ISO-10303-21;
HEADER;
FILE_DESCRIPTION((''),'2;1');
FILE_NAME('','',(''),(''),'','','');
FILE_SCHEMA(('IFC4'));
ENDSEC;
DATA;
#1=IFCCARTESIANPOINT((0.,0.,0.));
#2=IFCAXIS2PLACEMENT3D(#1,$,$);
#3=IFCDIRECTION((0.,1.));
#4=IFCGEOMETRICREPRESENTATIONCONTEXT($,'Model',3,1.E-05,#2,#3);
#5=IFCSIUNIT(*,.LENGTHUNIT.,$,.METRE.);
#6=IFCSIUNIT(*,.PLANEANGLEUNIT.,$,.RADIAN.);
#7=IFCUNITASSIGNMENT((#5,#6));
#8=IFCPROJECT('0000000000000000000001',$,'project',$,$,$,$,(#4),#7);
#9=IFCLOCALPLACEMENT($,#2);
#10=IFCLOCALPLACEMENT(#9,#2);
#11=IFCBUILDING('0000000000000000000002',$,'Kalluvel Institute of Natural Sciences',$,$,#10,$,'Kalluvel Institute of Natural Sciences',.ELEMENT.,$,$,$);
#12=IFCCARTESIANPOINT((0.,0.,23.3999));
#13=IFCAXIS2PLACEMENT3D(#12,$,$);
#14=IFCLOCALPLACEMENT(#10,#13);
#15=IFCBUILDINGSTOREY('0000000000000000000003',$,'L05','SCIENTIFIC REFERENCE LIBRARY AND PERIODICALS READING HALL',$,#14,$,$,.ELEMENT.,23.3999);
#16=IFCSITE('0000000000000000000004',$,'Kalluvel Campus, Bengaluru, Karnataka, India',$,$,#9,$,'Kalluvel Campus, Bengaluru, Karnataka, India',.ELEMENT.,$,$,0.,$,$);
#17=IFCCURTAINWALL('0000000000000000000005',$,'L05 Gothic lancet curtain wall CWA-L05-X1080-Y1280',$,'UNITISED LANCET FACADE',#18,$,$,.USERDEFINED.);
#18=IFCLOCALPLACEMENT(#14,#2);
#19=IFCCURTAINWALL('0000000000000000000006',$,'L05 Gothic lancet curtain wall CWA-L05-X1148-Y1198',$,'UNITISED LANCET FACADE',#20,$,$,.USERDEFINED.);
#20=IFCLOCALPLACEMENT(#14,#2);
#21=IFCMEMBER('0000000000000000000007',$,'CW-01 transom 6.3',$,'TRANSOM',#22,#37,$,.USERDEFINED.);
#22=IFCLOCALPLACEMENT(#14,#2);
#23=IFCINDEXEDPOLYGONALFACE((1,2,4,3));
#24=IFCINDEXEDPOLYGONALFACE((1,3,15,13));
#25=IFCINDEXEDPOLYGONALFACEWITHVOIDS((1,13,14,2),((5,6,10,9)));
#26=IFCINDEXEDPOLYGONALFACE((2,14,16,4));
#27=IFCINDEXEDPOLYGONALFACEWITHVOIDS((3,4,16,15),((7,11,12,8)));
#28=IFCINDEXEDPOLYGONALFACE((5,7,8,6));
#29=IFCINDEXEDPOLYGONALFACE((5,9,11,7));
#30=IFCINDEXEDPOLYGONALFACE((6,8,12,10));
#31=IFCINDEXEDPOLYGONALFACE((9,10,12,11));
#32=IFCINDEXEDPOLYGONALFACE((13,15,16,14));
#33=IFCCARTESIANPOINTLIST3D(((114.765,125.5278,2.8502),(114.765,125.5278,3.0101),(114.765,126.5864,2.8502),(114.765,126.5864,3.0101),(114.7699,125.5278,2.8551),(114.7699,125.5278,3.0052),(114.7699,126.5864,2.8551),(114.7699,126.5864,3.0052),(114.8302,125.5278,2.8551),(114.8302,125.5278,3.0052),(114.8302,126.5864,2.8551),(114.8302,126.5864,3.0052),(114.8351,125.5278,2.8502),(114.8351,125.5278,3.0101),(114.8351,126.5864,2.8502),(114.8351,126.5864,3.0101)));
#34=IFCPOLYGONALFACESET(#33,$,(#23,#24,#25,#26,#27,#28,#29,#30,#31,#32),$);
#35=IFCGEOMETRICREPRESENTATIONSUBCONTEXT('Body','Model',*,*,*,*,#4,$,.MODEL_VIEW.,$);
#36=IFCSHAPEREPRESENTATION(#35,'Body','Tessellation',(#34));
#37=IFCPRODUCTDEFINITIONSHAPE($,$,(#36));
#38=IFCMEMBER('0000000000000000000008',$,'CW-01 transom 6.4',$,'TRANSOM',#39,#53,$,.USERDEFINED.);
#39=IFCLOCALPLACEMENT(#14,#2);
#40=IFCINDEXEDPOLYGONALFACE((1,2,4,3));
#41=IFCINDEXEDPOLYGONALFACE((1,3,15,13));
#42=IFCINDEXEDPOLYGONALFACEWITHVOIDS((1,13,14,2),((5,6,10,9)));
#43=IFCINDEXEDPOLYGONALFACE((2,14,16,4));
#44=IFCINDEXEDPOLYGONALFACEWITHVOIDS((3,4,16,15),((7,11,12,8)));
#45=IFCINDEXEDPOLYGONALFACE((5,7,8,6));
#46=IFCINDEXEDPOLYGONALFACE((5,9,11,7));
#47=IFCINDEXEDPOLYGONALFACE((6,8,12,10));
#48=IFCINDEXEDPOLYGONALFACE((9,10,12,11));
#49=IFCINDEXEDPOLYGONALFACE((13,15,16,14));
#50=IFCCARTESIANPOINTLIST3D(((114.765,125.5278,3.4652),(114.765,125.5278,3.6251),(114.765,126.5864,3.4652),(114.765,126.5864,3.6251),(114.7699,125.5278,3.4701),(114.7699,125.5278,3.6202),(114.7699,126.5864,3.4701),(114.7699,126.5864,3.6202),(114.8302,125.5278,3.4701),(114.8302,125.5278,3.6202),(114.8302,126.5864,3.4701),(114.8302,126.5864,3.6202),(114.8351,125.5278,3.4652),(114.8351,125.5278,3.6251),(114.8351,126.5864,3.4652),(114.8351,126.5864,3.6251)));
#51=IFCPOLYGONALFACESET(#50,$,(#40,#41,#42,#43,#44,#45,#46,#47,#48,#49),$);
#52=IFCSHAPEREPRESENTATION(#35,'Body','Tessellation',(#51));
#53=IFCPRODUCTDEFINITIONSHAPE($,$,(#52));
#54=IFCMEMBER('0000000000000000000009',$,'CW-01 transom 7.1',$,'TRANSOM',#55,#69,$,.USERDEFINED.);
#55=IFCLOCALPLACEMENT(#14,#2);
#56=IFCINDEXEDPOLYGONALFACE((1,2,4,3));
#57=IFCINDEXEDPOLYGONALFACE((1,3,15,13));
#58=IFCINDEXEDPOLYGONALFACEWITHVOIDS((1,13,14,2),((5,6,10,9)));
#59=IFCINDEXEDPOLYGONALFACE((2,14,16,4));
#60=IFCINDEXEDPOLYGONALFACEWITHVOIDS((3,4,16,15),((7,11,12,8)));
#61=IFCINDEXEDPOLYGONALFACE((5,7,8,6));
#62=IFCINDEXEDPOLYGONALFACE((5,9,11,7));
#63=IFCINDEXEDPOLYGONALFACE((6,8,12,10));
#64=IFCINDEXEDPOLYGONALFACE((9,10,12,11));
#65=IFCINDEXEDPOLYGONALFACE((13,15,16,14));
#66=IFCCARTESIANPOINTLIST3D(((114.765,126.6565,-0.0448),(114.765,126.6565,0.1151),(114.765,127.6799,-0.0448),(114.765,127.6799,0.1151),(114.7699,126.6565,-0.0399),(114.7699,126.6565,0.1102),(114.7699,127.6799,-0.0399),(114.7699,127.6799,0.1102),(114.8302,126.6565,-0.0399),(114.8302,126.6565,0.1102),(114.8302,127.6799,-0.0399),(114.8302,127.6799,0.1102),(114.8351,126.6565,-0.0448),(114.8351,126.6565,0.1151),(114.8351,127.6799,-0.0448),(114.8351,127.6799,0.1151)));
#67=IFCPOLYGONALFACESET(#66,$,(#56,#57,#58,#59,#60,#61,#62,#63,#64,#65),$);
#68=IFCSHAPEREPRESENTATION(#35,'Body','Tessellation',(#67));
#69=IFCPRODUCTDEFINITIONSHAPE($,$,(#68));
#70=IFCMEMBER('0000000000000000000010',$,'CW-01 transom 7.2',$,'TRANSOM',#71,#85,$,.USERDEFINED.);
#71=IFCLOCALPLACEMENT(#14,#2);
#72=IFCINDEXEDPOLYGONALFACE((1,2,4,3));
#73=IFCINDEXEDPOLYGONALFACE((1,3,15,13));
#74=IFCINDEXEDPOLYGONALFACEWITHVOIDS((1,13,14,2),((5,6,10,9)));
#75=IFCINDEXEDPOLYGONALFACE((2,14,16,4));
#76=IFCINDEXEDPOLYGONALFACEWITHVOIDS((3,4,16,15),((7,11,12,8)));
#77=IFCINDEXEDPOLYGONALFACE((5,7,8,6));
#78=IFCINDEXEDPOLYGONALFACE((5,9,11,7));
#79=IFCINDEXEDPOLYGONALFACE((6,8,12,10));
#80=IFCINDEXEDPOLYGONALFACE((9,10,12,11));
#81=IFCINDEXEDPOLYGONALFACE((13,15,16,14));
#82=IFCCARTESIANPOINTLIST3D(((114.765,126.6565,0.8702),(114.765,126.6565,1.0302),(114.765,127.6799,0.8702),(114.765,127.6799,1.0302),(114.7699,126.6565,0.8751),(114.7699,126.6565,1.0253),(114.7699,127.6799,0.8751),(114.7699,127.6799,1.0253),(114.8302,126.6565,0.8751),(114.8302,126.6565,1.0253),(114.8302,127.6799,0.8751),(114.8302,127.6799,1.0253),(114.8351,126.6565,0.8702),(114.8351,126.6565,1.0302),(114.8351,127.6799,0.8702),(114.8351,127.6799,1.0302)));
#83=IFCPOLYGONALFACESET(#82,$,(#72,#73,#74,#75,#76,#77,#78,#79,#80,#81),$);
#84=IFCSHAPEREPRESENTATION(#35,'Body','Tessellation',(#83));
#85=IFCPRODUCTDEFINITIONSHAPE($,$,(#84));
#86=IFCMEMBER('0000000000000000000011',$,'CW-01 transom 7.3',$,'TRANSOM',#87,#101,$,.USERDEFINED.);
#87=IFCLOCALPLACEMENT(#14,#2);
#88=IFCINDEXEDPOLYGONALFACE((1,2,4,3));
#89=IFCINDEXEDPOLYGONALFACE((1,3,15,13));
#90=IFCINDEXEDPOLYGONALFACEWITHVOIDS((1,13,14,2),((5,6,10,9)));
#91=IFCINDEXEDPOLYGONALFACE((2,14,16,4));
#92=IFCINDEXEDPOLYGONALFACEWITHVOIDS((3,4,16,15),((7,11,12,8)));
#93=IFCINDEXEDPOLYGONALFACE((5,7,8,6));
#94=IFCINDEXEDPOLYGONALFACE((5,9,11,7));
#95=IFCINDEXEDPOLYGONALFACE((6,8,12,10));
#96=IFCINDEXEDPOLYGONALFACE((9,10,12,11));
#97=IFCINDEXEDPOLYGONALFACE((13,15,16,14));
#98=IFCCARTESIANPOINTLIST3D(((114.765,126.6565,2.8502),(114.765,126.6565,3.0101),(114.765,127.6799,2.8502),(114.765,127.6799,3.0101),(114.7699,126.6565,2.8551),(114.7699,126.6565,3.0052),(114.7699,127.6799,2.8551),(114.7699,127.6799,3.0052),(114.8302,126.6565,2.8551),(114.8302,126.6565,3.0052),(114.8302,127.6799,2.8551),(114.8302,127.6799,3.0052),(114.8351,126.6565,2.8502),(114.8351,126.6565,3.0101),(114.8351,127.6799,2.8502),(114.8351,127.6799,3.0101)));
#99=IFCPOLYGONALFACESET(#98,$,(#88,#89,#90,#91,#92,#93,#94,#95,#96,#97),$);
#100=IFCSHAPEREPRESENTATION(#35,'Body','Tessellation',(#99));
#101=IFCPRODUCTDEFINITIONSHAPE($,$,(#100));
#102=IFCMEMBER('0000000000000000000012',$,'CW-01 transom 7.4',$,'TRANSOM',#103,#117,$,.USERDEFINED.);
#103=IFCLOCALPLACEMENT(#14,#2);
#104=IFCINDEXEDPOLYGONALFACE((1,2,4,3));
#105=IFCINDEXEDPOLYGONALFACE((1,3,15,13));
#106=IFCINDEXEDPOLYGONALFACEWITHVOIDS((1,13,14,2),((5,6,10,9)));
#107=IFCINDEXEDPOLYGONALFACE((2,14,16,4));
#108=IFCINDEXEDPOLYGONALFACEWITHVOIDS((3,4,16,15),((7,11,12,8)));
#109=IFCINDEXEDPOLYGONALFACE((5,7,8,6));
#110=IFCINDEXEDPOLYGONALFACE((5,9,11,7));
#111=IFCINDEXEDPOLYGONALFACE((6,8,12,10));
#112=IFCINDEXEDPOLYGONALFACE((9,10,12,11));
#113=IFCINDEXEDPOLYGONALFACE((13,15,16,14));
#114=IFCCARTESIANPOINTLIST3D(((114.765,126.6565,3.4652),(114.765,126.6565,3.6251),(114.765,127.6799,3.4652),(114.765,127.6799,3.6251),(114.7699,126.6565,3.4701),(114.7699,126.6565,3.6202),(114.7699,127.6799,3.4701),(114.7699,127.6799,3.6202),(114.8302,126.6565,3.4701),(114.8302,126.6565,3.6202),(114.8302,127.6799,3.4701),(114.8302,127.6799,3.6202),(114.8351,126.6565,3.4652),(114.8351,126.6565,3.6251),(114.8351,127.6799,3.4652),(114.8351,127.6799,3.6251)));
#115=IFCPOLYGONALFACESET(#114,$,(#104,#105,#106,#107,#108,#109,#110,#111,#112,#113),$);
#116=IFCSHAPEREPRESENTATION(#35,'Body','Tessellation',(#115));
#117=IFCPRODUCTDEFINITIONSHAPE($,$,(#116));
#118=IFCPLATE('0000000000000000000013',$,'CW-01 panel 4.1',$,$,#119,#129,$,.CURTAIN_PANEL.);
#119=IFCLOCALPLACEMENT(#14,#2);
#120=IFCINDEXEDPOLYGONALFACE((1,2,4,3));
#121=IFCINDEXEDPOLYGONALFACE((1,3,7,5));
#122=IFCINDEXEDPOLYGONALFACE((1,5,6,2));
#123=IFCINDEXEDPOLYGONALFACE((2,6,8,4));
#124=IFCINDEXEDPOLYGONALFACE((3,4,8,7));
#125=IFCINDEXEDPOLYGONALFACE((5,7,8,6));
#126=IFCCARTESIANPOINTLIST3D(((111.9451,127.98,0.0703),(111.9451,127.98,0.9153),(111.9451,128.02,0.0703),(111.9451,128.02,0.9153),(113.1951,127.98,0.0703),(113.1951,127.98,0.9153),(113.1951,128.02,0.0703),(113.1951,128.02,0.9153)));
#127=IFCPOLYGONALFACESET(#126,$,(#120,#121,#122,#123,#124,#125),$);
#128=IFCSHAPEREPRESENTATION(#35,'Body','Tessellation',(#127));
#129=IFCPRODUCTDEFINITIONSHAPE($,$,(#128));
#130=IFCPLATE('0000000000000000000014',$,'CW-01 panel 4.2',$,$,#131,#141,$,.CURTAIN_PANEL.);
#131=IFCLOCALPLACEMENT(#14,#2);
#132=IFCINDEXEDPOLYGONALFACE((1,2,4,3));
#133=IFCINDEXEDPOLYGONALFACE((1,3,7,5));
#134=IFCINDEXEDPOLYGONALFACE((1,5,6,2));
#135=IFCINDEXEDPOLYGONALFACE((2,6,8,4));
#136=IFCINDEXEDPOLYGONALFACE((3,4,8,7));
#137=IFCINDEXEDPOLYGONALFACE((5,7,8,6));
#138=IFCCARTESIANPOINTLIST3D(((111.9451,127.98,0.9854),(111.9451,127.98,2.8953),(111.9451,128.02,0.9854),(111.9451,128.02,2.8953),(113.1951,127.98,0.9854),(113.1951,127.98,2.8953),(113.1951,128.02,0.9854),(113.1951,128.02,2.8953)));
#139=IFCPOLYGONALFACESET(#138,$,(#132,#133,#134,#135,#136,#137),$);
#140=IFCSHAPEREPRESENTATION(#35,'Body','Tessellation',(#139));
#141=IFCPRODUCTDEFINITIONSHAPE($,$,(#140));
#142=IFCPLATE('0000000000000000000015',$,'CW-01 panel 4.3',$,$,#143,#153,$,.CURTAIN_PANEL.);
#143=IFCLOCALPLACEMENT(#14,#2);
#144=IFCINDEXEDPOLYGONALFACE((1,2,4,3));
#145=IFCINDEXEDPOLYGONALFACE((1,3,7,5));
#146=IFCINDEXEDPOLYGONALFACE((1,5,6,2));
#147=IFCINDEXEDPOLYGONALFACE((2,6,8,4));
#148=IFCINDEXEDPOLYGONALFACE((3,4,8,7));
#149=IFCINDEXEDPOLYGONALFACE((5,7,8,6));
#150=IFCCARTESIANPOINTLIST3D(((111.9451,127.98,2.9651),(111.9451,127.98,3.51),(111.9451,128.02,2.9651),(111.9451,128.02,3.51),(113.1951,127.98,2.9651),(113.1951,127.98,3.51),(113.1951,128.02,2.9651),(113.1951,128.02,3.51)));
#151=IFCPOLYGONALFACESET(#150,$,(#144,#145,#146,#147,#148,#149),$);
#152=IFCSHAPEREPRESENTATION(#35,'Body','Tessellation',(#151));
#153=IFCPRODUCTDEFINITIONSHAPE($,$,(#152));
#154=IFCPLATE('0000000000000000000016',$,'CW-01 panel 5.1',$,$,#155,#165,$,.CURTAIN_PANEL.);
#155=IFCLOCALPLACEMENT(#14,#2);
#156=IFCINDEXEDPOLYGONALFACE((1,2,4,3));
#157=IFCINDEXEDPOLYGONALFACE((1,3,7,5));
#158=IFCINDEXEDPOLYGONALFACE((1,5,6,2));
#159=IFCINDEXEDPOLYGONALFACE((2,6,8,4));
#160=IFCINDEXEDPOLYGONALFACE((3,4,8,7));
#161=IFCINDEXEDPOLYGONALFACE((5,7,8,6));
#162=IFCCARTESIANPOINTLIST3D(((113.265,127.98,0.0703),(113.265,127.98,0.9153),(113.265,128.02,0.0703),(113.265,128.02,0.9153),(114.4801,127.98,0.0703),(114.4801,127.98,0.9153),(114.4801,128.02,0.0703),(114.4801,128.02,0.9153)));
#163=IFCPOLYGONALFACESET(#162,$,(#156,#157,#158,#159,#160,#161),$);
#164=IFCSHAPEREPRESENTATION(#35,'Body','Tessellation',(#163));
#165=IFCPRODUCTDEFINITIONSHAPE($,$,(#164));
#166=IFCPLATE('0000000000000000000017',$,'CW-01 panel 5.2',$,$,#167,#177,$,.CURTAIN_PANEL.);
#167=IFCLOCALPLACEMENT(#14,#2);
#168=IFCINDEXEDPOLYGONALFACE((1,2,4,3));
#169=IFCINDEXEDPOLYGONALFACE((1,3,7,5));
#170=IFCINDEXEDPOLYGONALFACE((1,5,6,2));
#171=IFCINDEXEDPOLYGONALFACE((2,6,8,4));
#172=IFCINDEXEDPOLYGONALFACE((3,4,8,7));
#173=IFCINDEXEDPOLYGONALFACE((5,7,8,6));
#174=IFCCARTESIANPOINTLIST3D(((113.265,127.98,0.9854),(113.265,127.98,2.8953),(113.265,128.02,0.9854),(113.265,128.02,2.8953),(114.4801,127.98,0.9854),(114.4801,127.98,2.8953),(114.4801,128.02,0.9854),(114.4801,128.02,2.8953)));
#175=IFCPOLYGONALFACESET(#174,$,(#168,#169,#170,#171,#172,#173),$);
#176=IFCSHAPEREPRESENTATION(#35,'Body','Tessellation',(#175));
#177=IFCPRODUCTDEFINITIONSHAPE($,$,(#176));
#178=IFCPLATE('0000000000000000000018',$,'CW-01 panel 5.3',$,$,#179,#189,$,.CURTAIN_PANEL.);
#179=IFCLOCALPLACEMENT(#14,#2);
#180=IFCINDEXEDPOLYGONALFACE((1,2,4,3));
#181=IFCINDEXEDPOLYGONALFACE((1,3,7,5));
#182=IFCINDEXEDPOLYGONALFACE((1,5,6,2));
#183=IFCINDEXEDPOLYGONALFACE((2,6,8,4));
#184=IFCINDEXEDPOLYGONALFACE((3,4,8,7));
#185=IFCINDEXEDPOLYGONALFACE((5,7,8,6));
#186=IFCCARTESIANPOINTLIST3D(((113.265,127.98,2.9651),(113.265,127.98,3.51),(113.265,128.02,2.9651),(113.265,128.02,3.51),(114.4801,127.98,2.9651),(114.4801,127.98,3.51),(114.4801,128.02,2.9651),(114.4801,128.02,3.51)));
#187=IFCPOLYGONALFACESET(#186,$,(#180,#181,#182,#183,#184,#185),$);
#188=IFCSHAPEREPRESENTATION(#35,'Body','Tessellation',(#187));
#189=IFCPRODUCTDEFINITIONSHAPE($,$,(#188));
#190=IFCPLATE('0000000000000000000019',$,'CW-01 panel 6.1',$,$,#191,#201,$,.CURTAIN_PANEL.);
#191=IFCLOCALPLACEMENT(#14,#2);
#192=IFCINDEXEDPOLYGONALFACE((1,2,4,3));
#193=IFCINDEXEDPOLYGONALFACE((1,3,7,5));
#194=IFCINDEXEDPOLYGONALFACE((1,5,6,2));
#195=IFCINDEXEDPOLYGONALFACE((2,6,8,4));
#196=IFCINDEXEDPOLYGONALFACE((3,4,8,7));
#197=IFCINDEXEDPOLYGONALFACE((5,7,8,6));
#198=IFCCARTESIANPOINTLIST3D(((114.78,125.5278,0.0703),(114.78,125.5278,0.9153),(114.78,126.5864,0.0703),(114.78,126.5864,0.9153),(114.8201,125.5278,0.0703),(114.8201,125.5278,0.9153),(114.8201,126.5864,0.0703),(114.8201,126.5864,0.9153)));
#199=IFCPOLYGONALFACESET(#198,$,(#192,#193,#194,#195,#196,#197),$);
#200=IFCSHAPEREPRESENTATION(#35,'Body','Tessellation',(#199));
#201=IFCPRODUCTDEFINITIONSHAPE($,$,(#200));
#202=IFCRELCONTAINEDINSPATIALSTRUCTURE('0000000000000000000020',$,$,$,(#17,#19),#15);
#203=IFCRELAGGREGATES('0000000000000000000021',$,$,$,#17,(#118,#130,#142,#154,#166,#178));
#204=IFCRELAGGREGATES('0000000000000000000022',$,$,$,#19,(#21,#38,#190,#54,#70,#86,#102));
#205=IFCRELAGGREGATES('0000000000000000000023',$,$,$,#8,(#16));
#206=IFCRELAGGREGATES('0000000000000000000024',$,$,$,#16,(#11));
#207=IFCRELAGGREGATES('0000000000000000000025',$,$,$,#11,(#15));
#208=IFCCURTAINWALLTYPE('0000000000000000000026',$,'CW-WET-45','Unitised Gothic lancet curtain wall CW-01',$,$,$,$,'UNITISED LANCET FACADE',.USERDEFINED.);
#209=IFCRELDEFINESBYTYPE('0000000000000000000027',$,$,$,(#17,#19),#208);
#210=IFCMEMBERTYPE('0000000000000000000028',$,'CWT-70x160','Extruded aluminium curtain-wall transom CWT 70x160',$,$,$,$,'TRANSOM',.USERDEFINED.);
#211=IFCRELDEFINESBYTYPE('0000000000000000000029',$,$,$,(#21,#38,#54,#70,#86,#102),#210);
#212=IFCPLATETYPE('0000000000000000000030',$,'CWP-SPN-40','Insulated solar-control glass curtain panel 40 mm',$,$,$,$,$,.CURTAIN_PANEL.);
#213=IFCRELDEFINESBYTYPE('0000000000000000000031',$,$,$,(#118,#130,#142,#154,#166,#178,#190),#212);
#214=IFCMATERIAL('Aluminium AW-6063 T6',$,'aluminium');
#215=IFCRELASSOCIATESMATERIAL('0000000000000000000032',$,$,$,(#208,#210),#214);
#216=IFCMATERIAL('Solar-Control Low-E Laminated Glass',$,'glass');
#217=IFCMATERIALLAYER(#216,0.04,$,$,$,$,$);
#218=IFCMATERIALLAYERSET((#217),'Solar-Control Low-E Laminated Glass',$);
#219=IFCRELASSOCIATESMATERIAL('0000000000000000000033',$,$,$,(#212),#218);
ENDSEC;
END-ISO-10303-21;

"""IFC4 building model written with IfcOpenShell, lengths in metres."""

from ifc_helpers import new_model, si_unit, direction, frame, origin, origin_2d, place, context, subcontext, project, spatial, rectangle, hollow_rectangle, extrude, material, layer, layer_set, material_profile, profile_set, type_object, element, aggregate, save


model = new_model("IFC4")

# Units and contexts
model_context = context("Model", 3, precision=1e-05, world=origin(), true_north=direction((0.0, 1.0)))
body_context = subcontext(model_context, "Body", "Model", "MODEL_VIEW")
ifc_project = project(units=[si_unit("LENGTHUNIT", "METRE"), si_unit("PLANEANGLEUNIT", "RADIAN")], contexts=[model_context])

# Site, building, storey
site_placement = place(None, origin())
site = spatial("IfcSite", under=ifc_project, at=site_placement, Name="Kalluvel Campus, Bengaluru, Karnataka, India", LongName="Kalluvel Campus, Bengaluru, Karnataka, India", CompositionType="ELEMENT", RefElevation=0.0)
building_placement = place(site_placement, origin())
building = spatial("IfcBuilding", under=site, at=building_placement, Name="Kalluvel Institute of Natural Sciences", LongName="Kalluvel Institute of Natural Sciences", CompositionType="ELEMENT")
storey_placement = place(building_placement, frame((0.0, 0.0, 23.3999)))
storey = spatial("IfcBuildingStorey", under=building, at=storey_placement, Name="L05", Description="SCIENTIFIC REFERENCE LIBRARY AND PERIODICALS READING HALL", CompositionType="ELEMENT", Elevation=23.3999)

# Curtain walls
ifc_material_1 = material(Name="Aluminium AW-6063 T6", Category="aluminium")
curtain_wall_type = type_object("IfcCurtainWallType", Name="CW-WET-45", Description="Unitised Gothic lancet curtain wall CW-01", ElementType="UNITISED LANCET FACADE", PredefinedType="USERDEFINED", material=ifc_material_1)
curtain_wall_1_placement = place(storey_placement, origin())
curtain_wall_1 = element("IfcCurtainWall", 1, at=curtain_wall_1_placement, inside=storey, type_object=curtain_wall_type, Name="L05 Gothic lancet curtain wall CWA-L05-X1080-Y1280", ObjectType="UNITISED LANCET FACADE", PredefinedType="USERDEFINED")
curtain_wall_2_placement = place(storey_placement, origin())
curtain_wall_2 = element("IfcCurtainWall", 2, at=curtain_wall_2_placement, inside=storey, type_object=curtain_wall_type, Name="L05 Gothic lancet curtain wall CWA-L05-X1148-Y1198", ObjectType="UNITISED LANCET FACADE", PredefinedType="USERDEFINED")

# Members
ifc_material_profile_1 = material_profile(ifc_material_1, hollow_rectangle(XDim=0.0701, YDim=0.1599, WallThickness=0.0049, at=origin_2d()), Name="CWT 70x160")
ifc_profile_set_1 = profile_set([ifc_material_profile_1], Name="Aluminium AW-6063 T6")
member_type_1 = type_object("IfcMemberType", Name="CWT-70x160", Description="Extruded aluminium curtain-wall transom CWT 70x160", ElementType="TRANSOM", PredefinedType="USERDEFINED", material=ifc_profile_set_1)
member_1_placement = place(storey_placement, frame((114.8, 125.5278, 2.9302), z_axis=(0.0, 1.0, 0.0), x_axis=(-1.0, 0.0, 0.0)))
member_1 = element("IfcMember", 3, at=member_1_placement, type_object=member_type_1, Name="CW-01 transom 6.3", ObjectType="TRANSOM", PredefinedType="USERDEFINED", context=body_context, shape_type="SweptSolid", body=[
    extrude(hollow_rectangle(XDim=0.0701, YDim=0.1599, WallThickness=0.0049, at=origin_2d()), origin(), (0.0, 0.0, 1.0), 1.0586),
])
member_2_placement = place(storey_placement, frame((114.8, 125.5278, 3.5452), z_axis=(0.0, 1.0, 0.0), x_axis=(-1.0, 0.0, 0.0)))
member_2 = element("IfcMember", 4, at=member_2_placement, type_object=member_type_1, Name="CW-01 transom 6.4", ObjectType="TRANSOM", PredefinedType="USERDEFINED", context=body_context, shape_type="SweptSolid", body=[
    extrude(hollow_rectangle(XDim=0.0701, YDim=0.1599, WallThickness=0.0049, at=origin_2d()), origin(), (0.0, 0.0, 1.0), 1.0586),
])
member_3_placement = place(storey_placement, frame((114.8, 126.6565, 0.0352), z_axis=(0.0, 1.0, 0.0), x_axis=(-1.0, 0.0, 0.0)))
member_3 = element("IfcMember", 5, at=member_3_placement, type_object=member_type_1, Name="CW-01 transom 7.1", ObjectType="TRANSOM", PredefinedType="USERDEFINED", context=body_context, shape_type="SweptSolid", body=[
    extrude(hollow_rectangle(XDim=0.0701, YDim=0.1599, WallThickness=0.0049, at=origin_2d()), origin(), (0.0, 0.0, 1.0), 1.0234),
])
member_4_placement = place(storey_placement, frame((114.8, 126.6565, 0.9502), z_axis=(0.0, 1.0, 0.0), x_axis=(-1.0, 0.0, 0.0)))
member_4 = element("IfcMember", 6, at=member_4_placement, type_object=member_type_1, Name="CW-01 transom 7.2", ObjectType="TRANSOM", PredefinedType="USERDEFINED", context=body_context, shape_type="SweptSolid", body=[
    extrude(hollow_rectangle(XDim=0.0701, YDim=0.1599, WallThickness=0.0049, at=origin_2d()), origin(), (0.0, 0.0, 1.0), 1.0234),
])
member_5_placement = place(storey_placement, frame((114.8, 126.6565, 2.9302), z_axis=(0.0, 1.0, 0.0), x_axis=(-1.0, 0.0, 0.0)))
member_5 = element("IfcMember", 7, at=member_5_placement, type_object=member_type_1, Name="CW-01 transom 7.3", ObjectType="TRANSOM", PredefinedType="USERDEFINED", context=body_context, shape_type="SweptSolid", body=[
    extrude(hollow_rectangle(XDim=0.0701, YDim=0.1599, WallThickness=0.0049, at=origin_2d()), origin(), (0.0, 0.0, 1.0), 1.0234),
])
member_6_placement = place(storey_placement, frame((114.8, 126.6565, 3.5452), z_axis=(0.0, 1.0, 0.0), x_axis=(-1.0, 0.0, 0.0)))
member_6 = element("IfcMember", 8, at=member_6_placement, type_object=member_type_1, Name="CW-01 transom 7.4", ObjectType="TRANSOM", PredefinedType="USERDEFINED", context=body_context, shape_type="SweptSolid", body=[
    extrude(hollow_rectangle(XDim=0.0701, YDim=0.1599, WallThickness=0.0049, at=origin_2d()), origin(), (0.0, 0.0, 1.0), 1.0234),
])

# Plates
ifc_material_2 = material(Name="Solar-Control Low-E Laminated Glass", Category="glass")
ifc_layer = layer(ifc_material_2, 0.04)
ifc_layer_set = layer_set([ifc_layer], Name="Solar-Control Low-E Laminated Glass")
plate_type = type_object("IfcPlateType", Name="CWP-SPN-40", Description="Insulated solar-control glass curtain panel 40 mm", PredefinedType="CURTAIN_PANEL", material=ifc_layer_set)
plate_1_placement = place(storey_placement, frame((112.5701, 128.0, 0.0703), z_axis=(0.0, 0.0, 1.0), x_axis=(1.0, 0.0, 0.0)))
plate_1 = element("IfcPlate", 9, at=plate_1_placement, type_object=plate_type, Name="CW-01 panel 4.1", PredefinedType="CURTAIN_PANEL", context=body_context, shape_type="SweptSolid", body=[
    extrude(rectangle(XDim=1.25, YDim=0.04, at=origin_2d()), origin(), (0.0, 0.0, 1.0), 0.845),
])
plate_2_placement = place(storey_placement, frame((112.5701, 128.0, 0.9854), z_axis=(0.0, 0.0, 1.0), x_axis=(1.0, 0.0, 0.0)))
plate_2 = element("IfcPlate", 10, at=plate_2_placement, type_object=plate_type, Name="CW-01 panel 4.2", PredefinedType="CURTAIN_PANEL", context=body_context, shape_type="SweptSolid", body=[
    extrude(rectangle(XDim=1.25, YDim=0.04, at=origin_2d()), origin(), (0.0, 0.0, 1.0), 1.9099),
])
plate_3_placement = place(storey_placement, frame((112.5701, 128.0, 2.9651), z_axis=(0.0, 0.0, 1.0), x_axis=(1.0, 0.0, 0.0)))
plate_3 = element("IfcPlate", 11, at=plate_3_placement, type_object=plate_type, Name="CW-01 panel 4.3", PredefinedType="CURTAIN_PANEL", context=body_context, shape_type="SweptSolid", body=[
    extrude(rectangle(XDim=1.25, YDim=0.04, at=origin_2d()), origin(), (0.0, 0.0, 1.0), 0.5449),
])
plate_4_placement = place(storey_placement, frame((113.8726, 128.0, 0.0703), z_axis=(0.0, 0.0, 1.0), x_axis=(1.0, 0.0, 0.0)))
plate_4 = element("IfcPlate", 12, at=plate_4_placement, type_object=plate_type, Name="CW-01 panel 5.1", PredefinedType="CURTAIN_PANEL", context=body_context, shape_type="SweptSolid", body=[
    extrude(rectangle(XDim=1.2151, YDim=0.04, at=origin_2d()), origin(), (0.0, 0.0, 1.0), 0.845),
])
plate_5_placement = place(storey_placement, frame((113.8726, 128.0, 0.9854), z_axis=(0.0, 0.0, 1.0), x_axis=(1.0, 0.0, 0.0)))
plate_5 = element("IfcPlate", 13, at=plate_5_placement, type_object=plate_type, Name="CW-01 panel 5.2", PredefinedType="CURTAIN_PANEL", context=body_context, shape_type="SweptSolid", body=[
    extrude(rectangle(XDim=1.2151, YDim=0.04, at=origin_2d()), origin(), (0.0, 0.0, 1.0), 1.9099),
])
plate_6_placement = place(storey_placement, frame((113.8726, 128.0, 2.9651), z_axis=(0.0, 0.0, 1.0), x_axis=(1.0, 0.0, 0.0)))
plate_6 = element("IfcPlate", 14, at=plate_6_placement, type_object=plate_type, Name="CW-01 panel 5.3", PredefinedType="CURTAIN_PANEL", context=body_context, shape_type="SweptSolid", body=[
    extrude(rectangle(XDim=1.2151, YDim=0.04, at=origin_2d()), origin(), (0.0, 0.0, 1.0), 0.5449),
])
aggregate(curtain_wall_1, [plate_1, plate_2, plate_3, plate_4, plate_5, plate_6])
plate_7_placement = place(storey_placement, frame((114.8, 126.0571, 0.0703), z_axis=(0.0, 0.0, 1.0), x_axis=(0.0, 1.0, 0.0)))
plate_7 = element("IfcPlate", 15, at=plate_7_placement, type_object=plate_type, Name="CW-01 panel 6.1", PredefinedType="CURTAIN_PANEL", context=body_context, shape_type="SweptSolid", body=[
    extrude(rectangle(XDim=1.0586, YDim=0.04, at=origin_2d()), origin(), (0.0, 0.0, 1.0), 0.845),
])
aggregate(curtain_wall_2, [member_1, member_2, plate_7, member_3, member_4, member_5, member_6])

save(model, "model.ifc")
